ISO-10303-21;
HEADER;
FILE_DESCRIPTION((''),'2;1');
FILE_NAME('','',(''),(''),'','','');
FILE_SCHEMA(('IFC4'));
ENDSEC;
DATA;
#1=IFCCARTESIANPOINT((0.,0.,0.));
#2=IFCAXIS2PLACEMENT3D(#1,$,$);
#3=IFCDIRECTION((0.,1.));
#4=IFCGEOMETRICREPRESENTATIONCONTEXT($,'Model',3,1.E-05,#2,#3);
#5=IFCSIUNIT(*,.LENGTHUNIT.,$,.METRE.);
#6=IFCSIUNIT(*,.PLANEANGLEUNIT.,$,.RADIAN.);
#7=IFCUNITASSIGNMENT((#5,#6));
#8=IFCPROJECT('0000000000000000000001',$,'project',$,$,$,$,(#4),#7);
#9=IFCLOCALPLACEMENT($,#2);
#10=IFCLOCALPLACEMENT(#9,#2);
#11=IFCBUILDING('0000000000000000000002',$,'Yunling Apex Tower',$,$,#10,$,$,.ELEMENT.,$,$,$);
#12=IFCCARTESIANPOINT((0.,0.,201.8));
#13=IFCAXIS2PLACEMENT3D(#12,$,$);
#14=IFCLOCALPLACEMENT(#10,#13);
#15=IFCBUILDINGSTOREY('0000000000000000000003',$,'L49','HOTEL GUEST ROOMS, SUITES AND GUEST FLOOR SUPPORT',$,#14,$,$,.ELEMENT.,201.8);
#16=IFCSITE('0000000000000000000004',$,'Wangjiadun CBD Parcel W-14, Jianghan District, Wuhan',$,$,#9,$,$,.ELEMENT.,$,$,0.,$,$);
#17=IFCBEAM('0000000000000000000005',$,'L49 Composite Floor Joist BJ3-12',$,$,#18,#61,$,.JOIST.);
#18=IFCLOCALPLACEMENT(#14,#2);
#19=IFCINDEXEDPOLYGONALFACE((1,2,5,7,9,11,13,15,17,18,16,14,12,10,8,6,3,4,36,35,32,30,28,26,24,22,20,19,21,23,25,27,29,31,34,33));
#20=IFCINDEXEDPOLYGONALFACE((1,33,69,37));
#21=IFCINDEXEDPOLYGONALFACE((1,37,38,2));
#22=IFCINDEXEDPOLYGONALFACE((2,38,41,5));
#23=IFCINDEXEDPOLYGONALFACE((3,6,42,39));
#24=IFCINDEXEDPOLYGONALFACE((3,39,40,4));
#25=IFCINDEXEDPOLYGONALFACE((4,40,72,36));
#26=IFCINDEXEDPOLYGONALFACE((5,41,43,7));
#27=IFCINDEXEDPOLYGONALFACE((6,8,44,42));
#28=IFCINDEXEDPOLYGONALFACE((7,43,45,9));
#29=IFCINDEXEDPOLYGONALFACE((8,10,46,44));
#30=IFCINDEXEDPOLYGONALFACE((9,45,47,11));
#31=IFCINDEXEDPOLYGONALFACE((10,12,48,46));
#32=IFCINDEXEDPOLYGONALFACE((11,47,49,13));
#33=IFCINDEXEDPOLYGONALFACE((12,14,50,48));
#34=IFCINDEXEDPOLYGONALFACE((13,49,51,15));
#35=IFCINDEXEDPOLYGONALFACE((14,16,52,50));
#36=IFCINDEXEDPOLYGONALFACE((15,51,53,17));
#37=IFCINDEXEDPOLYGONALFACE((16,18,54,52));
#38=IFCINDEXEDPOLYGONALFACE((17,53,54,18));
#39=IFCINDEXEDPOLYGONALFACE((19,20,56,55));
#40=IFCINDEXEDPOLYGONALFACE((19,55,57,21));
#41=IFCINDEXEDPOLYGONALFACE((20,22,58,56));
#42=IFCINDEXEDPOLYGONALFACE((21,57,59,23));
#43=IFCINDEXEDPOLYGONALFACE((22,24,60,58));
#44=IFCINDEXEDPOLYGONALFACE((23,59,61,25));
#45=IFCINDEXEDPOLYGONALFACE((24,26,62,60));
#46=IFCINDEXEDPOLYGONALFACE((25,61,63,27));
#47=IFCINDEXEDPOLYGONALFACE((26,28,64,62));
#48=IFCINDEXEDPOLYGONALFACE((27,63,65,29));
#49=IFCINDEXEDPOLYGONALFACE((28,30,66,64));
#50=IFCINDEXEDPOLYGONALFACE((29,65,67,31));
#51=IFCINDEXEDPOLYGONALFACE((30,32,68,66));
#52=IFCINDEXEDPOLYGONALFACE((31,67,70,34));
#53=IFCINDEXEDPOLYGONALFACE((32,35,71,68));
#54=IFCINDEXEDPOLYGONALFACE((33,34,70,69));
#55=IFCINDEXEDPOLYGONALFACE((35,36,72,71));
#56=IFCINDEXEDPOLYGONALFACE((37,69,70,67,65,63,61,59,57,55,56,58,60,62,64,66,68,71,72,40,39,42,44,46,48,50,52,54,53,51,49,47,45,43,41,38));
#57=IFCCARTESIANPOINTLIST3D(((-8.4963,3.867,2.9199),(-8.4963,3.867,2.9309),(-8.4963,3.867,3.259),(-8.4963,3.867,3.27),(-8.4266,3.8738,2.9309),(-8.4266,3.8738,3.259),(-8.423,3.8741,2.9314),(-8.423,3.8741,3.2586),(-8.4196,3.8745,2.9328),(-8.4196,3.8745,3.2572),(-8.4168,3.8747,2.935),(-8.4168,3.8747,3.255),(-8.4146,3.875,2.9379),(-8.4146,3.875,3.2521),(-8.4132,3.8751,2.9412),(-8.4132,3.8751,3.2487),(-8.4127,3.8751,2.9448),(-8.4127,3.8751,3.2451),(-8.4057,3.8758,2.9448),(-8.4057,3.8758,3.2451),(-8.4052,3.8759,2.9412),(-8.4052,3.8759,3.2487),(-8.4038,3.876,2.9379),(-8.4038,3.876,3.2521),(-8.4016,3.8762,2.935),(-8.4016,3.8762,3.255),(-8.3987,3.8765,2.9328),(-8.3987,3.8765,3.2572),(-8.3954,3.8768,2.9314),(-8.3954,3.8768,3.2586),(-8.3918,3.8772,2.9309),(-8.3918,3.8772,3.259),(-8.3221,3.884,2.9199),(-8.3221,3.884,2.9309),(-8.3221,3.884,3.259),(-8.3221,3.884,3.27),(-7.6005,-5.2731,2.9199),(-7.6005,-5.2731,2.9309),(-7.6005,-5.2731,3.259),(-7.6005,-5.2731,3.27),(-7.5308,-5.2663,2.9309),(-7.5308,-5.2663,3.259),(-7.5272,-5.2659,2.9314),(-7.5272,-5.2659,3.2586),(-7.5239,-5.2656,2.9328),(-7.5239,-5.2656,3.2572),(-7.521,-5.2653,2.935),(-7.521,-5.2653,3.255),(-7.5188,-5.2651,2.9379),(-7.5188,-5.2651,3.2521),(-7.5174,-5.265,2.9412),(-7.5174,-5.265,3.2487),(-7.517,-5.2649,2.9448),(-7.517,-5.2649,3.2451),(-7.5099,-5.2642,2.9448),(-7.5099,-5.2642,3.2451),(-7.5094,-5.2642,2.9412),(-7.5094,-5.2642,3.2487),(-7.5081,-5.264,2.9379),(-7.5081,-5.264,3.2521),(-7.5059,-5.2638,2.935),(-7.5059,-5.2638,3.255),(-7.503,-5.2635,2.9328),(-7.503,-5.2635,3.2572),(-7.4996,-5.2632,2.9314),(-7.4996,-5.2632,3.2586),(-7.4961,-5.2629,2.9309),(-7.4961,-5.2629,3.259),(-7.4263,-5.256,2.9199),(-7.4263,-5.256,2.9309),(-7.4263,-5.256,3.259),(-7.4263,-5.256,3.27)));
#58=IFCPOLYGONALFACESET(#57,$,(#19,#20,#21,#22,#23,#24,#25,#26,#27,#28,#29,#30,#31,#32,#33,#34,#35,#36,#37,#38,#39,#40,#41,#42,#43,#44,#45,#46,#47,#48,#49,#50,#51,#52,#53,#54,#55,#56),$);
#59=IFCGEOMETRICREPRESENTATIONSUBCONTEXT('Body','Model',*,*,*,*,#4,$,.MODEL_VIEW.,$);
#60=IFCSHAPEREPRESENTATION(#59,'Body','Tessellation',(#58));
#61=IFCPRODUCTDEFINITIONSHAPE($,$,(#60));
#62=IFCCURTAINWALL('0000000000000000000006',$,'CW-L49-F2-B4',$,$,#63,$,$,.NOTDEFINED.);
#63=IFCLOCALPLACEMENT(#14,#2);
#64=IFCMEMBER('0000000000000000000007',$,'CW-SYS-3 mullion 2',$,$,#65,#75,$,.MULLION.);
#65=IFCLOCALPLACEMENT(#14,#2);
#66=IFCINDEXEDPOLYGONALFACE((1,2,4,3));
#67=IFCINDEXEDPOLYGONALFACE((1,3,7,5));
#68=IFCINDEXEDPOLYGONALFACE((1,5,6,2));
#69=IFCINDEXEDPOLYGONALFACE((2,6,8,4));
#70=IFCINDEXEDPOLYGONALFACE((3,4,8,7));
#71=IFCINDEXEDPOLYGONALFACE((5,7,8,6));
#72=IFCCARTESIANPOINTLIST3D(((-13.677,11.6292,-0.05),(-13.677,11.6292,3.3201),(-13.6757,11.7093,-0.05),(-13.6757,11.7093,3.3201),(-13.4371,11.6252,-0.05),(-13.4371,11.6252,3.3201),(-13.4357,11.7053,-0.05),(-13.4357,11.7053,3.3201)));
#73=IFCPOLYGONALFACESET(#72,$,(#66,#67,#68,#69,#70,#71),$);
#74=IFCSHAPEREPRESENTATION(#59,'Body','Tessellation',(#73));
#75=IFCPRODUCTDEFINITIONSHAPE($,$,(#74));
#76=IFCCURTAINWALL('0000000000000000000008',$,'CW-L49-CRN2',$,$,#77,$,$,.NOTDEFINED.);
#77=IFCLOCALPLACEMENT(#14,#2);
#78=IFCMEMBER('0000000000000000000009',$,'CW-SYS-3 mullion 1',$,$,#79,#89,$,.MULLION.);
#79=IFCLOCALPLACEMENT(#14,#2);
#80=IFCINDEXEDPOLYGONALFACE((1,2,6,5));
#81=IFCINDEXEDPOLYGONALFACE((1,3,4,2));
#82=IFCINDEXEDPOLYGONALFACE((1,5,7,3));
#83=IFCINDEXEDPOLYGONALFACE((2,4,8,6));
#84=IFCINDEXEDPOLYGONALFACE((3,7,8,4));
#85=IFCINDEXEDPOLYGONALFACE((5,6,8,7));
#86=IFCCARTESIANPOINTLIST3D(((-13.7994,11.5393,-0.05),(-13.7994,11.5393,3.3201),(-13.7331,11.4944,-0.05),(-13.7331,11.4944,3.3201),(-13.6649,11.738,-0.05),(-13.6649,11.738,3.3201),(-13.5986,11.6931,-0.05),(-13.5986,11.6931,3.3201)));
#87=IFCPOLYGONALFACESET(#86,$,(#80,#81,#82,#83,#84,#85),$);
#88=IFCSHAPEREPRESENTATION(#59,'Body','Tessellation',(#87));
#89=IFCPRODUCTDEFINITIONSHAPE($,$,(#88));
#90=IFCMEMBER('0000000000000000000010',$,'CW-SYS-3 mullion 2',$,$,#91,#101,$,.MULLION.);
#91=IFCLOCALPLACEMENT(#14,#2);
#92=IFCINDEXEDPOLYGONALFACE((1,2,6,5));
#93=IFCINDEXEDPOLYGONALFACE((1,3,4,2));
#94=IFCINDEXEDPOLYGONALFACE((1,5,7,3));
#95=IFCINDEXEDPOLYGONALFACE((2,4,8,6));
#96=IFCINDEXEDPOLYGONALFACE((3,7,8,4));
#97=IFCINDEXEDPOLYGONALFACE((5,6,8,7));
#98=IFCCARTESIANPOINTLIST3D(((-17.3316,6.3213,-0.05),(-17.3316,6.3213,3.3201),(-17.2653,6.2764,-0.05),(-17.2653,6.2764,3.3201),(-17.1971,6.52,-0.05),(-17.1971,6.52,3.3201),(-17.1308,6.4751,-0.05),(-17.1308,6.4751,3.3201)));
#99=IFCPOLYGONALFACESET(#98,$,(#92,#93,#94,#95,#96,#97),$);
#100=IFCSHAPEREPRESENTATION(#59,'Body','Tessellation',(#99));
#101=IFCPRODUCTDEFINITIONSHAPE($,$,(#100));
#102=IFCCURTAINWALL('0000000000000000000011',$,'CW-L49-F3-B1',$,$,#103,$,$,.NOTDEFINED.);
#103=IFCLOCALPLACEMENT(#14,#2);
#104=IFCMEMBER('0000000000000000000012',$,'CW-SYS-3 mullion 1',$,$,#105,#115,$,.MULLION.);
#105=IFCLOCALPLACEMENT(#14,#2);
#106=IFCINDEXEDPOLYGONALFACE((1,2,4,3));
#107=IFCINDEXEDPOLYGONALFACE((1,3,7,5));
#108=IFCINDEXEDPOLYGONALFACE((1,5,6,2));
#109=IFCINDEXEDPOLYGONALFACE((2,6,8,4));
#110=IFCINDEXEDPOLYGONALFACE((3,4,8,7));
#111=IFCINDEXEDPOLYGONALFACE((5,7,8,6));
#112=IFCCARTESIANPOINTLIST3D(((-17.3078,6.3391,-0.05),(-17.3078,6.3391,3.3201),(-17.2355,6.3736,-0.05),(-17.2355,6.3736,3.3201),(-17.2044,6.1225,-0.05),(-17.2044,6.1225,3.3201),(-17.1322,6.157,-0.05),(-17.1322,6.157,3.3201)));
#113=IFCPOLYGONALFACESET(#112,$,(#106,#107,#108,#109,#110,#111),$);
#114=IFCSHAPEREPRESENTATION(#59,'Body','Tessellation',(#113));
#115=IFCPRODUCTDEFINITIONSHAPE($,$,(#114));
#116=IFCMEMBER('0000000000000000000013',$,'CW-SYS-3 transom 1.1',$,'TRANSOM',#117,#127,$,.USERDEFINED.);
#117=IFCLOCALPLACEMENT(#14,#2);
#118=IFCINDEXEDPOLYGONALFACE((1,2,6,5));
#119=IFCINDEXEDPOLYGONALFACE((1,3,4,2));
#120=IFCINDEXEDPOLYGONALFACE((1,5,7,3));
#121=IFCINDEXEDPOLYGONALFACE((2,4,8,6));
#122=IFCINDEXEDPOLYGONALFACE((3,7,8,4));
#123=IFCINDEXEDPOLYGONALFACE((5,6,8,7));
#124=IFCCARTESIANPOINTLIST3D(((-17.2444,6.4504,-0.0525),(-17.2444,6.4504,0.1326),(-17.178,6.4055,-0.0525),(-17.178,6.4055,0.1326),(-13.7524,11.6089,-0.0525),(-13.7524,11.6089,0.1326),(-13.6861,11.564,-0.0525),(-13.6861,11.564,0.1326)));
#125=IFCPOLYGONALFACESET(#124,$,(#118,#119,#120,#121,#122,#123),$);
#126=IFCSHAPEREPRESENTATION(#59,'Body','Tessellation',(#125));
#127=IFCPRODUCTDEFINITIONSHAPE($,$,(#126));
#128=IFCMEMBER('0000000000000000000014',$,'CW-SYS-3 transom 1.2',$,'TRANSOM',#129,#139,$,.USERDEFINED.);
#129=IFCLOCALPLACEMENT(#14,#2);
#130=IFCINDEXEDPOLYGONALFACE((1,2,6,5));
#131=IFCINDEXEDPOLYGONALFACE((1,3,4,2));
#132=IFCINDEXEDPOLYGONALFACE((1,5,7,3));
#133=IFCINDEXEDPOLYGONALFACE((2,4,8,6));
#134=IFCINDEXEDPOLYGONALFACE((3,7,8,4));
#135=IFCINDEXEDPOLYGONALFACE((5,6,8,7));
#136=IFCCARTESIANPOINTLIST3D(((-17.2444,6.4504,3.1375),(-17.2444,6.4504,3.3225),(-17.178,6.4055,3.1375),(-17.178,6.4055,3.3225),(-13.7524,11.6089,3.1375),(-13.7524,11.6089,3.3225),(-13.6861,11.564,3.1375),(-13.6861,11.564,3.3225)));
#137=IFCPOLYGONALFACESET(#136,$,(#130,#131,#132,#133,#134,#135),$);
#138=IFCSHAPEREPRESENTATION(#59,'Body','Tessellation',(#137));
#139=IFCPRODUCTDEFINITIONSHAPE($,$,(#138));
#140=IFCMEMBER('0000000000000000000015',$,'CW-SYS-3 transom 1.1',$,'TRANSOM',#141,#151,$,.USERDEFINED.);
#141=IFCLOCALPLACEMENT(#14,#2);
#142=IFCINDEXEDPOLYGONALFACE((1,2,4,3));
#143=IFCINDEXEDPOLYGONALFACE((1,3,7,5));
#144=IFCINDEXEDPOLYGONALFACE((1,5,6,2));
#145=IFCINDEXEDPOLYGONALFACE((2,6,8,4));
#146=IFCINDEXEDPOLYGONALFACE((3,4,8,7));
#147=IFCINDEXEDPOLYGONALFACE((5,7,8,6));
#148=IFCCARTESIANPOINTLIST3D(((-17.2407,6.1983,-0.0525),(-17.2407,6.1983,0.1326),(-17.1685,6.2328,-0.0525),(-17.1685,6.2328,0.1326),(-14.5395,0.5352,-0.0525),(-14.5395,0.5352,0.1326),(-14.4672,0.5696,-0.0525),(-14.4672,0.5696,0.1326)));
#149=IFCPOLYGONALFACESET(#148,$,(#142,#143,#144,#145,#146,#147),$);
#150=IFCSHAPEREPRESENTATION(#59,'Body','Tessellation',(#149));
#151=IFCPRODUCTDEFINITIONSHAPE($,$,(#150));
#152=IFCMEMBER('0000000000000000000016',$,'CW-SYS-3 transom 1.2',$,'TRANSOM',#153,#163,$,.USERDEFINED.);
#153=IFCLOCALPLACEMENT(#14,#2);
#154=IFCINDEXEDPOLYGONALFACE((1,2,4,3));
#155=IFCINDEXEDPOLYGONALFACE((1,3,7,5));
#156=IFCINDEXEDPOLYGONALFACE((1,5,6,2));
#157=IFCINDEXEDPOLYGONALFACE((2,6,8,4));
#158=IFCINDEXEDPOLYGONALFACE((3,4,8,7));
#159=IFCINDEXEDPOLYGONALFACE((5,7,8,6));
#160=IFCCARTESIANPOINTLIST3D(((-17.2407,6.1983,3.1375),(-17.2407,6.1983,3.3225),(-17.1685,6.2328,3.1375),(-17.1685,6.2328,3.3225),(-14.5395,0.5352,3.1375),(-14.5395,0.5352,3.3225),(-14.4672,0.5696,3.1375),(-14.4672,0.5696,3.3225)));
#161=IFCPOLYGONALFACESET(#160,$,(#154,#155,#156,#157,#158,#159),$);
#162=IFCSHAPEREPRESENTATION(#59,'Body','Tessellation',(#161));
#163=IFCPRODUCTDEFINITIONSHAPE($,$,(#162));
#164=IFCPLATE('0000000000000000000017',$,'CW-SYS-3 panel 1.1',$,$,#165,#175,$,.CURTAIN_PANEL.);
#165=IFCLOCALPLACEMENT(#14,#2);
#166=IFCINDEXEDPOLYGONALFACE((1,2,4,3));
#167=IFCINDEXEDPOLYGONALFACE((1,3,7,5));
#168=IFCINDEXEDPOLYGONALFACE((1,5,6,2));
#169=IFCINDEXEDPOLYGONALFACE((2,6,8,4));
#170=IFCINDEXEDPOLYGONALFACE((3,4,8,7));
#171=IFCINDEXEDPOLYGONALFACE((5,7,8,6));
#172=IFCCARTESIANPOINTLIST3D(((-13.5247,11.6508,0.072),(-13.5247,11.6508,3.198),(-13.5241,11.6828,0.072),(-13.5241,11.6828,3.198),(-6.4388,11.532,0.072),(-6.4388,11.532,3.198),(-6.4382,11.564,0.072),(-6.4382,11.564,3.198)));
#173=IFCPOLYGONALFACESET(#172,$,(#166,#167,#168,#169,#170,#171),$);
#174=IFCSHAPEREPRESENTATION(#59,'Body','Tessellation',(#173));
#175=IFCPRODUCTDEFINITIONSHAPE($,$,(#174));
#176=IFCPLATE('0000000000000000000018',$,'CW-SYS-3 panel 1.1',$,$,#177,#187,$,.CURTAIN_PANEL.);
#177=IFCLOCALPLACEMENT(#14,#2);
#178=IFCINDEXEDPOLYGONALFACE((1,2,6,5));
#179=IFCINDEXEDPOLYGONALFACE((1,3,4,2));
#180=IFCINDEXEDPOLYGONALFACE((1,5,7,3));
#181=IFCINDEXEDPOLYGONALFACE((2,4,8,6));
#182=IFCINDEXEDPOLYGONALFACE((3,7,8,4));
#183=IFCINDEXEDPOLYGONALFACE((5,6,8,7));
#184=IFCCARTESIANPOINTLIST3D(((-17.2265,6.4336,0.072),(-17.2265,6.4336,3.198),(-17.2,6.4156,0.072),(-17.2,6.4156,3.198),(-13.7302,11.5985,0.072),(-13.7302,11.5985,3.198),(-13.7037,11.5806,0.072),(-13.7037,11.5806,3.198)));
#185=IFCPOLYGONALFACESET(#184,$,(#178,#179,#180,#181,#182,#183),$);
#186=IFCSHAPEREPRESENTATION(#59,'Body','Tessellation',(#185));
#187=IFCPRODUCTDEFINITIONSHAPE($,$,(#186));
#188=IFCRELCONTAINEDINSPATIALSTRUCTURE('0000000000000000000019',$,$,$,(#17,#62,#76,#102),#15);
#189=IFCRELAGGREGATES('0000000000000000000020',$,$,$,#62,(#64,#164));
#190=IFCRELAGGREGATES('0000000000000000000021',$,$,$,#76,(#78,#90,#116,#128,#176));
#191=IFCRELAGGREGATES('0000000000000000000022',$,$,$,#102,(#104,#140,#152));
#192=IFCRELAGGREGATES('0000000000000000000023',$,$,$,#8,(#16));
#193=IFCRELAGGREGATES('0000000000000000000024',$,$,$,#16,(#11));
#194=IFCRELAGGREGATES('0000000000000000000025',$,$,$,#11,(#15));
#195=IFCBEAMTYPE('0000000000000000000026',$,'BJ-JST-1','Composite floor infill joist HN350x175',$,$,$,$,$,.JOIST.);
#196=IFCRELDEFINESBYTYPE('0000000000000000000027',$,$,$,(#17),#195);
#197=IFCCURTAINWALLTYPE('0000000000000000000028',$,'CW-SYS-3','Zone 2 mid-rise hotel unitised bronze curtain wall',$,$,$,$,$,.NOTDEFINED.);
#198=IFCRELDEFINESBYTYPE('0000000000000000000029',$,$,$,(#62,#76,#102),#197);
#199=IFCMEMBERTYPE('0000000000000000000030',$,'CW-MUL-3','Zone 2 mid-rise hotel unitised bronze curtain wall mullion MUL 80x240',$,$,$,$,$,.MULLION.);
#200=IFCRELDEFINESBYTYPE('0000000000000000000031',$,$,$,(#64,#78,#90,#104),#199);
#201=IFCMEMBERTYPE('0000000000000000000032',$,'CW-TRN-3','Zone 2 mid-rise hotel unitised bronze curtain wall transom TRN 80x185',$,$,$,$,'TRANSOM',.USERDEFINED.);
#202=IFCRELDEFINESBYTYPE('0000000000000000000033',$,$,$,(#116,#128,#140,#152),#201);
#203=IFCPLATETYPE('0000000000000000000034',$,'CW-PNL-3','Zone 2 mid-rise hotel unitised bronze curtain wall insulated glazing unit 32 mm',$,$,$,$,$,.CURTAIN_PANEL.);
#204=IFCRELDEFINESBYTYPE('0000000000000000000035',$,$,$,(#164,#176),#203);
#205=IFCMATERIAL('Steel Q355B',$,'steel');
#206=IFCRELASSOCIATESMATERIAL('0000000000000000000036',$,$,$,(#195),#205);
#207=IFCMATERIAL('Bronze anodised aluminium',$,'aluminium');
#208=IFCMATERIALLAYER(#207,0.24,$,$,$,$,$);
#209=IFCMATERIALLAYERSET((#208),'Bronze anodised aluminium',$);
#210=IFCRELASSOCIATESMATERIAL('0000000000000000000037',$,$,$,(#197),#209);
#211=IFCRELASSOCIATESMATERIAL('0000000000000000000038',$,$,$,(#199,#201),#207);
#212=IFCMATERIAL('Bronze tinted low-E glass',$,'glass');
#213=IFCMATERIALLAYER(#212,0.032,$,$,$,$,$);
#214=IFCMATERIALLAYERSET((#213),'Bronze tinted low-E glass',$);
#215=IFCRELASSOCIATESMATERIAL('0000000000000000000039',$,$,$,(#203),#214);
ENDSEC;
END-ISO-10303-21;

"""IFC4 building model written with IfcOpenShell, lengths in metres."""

from ifc_helpers import new_model, si_unit, direction, frame, origin, origin_2d, place, context, subcontext, project, spatial, rectangle, i_section, extrude, source, transform, mapped, material, layer, layer_set, material_profile, profile_set, type_object, element, aggregate, save


model = new_model("IFC4")

# Units and contexts
model_context = context("Model", 3, precision=1e-05, world=origin(), true_north=direction((0.0, 1.0)))
body_context = subcontext(model_context, "Body", "Model", "MODEL_VIEW")
ifc_project = project(units=[si_unit("LENGTHUNIT", "METRE"), si_unit("PLANEANGLEUNIT", "RADIAN")], contexts=[model_context])

# Site, building, storey
site_placement = place(None, origin())
site = spatial("IfcSite", under=ifc_project, at=site_placement, Name="Wangjiadun CBD Parcel W-14, Jianghan District, Wuhan", CompositionType="ELEMENT", RefElevation=0.0)
building_placement = place(site_placement, origin())
building = spatial("IfcBuilding", under=site, at=building_placement, Name="Yunling Apex Tower", CompositionType="ELEMENT")
storey_placement = place(building_placement, frame((0.0, 0.0, 201.8)))
storey = spatial("IfcBuildingStorey", under=building, at=storey_placement, Name="L49", Description="HOTEL GUEST ROOMS, SUITES AND GUEST FLOOR SUPPORT", CompositionType="ELEMENT", Elevation=201.8)

# Beam
ifc_material_1 = material(Name="Steel Q355B", Category="steel")
ifc_material_profile_1 = material_profile(ifc_material_1, i_section(OverallWidth=0.175, OverallDepth=0.3501, WebThickness=0.0071, FlangeThickness=0.011, FilletRadius=0.0139, at=origin_2d()))
ifc_profile_set_1 = profile_set([ifc_material_profile_1], Name="Steel Q355B")
beam_type_1 = type_object("IfcBeamType", Name="BJ-JST-1", Description="Composite floor infill joist HN350x175", PredefinedType="JOIST", material=ifc_profile_set_1)
shared_shape_1 = source(origin(), body_context, "Body", "SweptSolid", [
    extrude(i_section(OverallWidth=0.175, OverallDepth=0.3501, WebThickness=0.0071, FlangeThickness=0.011, FilletRadius=0.0139, at=origin_2d()), origin(), (0.0, 0.0, 1.0), 9.1838),
])
beam_1_placement = place(storey_placement, frame((-8.4092, 3.8755, 3.095), z_axis=(0.097535, -0.995232, 0.0), x_axis=(0.995232, 0.097535, 0.0)))
element("IfcBeam", 1, at=beam_1_placement, inside=storey, type_object=beam_type_1, Name="L49 Composite Floor Joist BJ3-12", PredefinedType="JOIST", context=body_context, shape_type="MappedRepresentation", body=[
    mapped(shared_shape_1, transform((0.0, 0.0, 0.0), scale=1.0)),
])

# Curtain wall, member
ifc_material_2 = material(Name="Bronze anodised aluminium", Category="aluminium")
ifc_layer_1 = layer(ifc_material_2, 0.24)
ifc_layer_set_1 = layer_set([ifc_layer_1], Name="Bronze anodised aluminium")
curtain_wall_type = type_object("IfcCurtainWallType", Name="CW-SYS-3", Description="Zone 2 mid-rise hotel unitised bronze curtain wall", PredefinedType="NOTDEFINED", material=ifc_layer_set_1)
curtain_wall_1_placement = place(storey_placement, origin())
curtain_wall_1 = element("IfcCurtainWall", 2, at=curtain_wall_1_placement, inside=storey, type_object=curtain_wall_type, Name="CW-L49-F2-B4", PredefinedType="NOTDEFINED")
ifc_material_profile_2 = material_profile(ifc_material_2, rectangle(XDim=0.0801, YDim=0.24, at=origin_2d()))
ifc_profile_set_2 = profile_set([ifc_material_profile_2], Name="Bronze anodised aluminium")
member_type_1 = type_object("IfcMemberType", Name="CW-MUL-3", Description="Zone 2 mid-rise hotel unitised bronze curtain wall mullion MUL 80x240", PredefinedType="MULLION", material=ifc_profile_set_2)
shared_shape_2 = source(origin(), body_context, "Body", "SweptSolid", [
    extrude(rectangle(XDim=0.0801, YDim=0.24, at=origin_2d()), origin(), (0.0, 0.0, 1.0), 3.3701),
])
member_1_placement = place(storey_placement, frame((-13.5564, 11.6672, -0.05), z_axis=(0.0, 0.0, 1.0), x_axis=(-0.016761, -0.99986, 0.0)))
member_1 = element("IfcMember", 3, at=member_1_placement, type_object=member_type_1, Name="CW-SYS-3 mullion 2", PredefinedType="MULLION", context=body_context, shape_type="MappedRepresentation", body=[
    mapped(shared_shape_2, transform((0.0, 0.0, 0.0), scale=1.0)),
])

# Curtain wall, members
curtain_wall_2_placement = place(storey_placement, origin())
curtain_wall_2 = element("IfcCurtainWall", 4, at=curtain_wall_2_placement, inside=storey, type_object=curtain_wall_type, Name="CW-L49-CRN2", PredefinedType="NOTDEFINED")
member_2_placement = place(storey_placement, frame((-13.699, 11.6162, -0.05), z_axis=(0.0, 0.0, 1.0), x_axis=(0.828107, -0.56057, 0.0)))
member_2 = element("IfcMember", 5, at=member_2_placement, type_object=member_type_1, Name="CW-SYS-3 mullion 1", PredefinedType="MULLION", context=body_context, shape_type="MappedRepresentation", body=[
    mapped(shared_shape_2, transform((0.0, 0.0, 0.0), scale=1.0)),
])
member_3_placement = place(storey_placement, frame((-17.2312, 6.3982, -0.05), z_axis=(0.0, 0.0, 1.0), x_axis=(0.828107, -0.56057, 0.0)))
member_3 = element("IfcMember", 6, at=member_3_placement, type_object=member_type_1, Name="CW-SYS-3 mullion 2", PredefinedType="MULLION", context=body_context, shape_type="MappedRepresentation", body=[
    mapped(shared_shape_2, transform((0.0, 0.0, 0.0), scale=1.0)),
])

# Curtain wall, member
curtain_wall_3_placement = place(storey_placement, origin())
curtain_wall_3 = element("IfcCurtainWall", 7, at=curtain_wall_3_placement, inside=storey, type_object=curtain_wall_type, Name="CW-L49-F3-B1", PredefinedType="NOTDEFINED")
member_4_placement = place(storey_placement, frame((-17.22, 6.248, -0.05), z_axis=(0.0, 0.0, 1.0), x_axis=(0.902582, 0.430518, 0.0)))
member_4 = element("IfcMember", 8, at=member_4_placement, type_object=member_type_1, Name="CW-SYS-3 mullion 1", PredefinedType="MULLION", context=body_context, shape_type="MappedRepresentation", body=[
    mapped(shared_shape_2, transform((0.0, 0.0, 0.0), scale=1.0)),
])

# Members
ifc_material_profile_3 = material_profile(ifc_material_2, rectangle(XDim=0.0801, YDim=0.1851, at=origin_2d()))
ifc_profile_set_3 = profile_set([ifc_material_profile_3], Name="Bronze anodised aluminium")
member_type_2 = type_object("IfcMemberType", Name="CW-TRN-3", Description="Zone 2 mid-rise hotel unitised bronze curtain wall transom TRN 80x185", ElementType="TRANSOM", PredefinedType="USERDEFINED", material=ifc_profile_set_3)
shared_shape_3 = source(origin(), body_context, "Body", "SweptSolid", [
    extrude(rectangle(XDim=0.0801, YDim=0.1851, at=origin_2d()), origin(), (0.0, 0.0, 1.0), 6.2292),
])
member_5_placement = place(storey_placement, frame((-13.7192, 11.5864, 0.04), z_axis=(-0.560574, -0.828104, 0.0), x_axis=(0.828104, -0.560574, 0.0)))
member_5 = element("IfcMember", 9, at=member_5_placement, type_object=member_type_2, Name="CW-SYS-3 transom 1.1", ObjectType="TRANSOM", PredefinedType="USERDEFINED", context=body_context, shape_type="MappedRepresentation", body=[
    mapped(shared_shape_3, transform((0.0, 0.0, 0.0), scale=1.0)),
])
member_6_placement = place(storey_placement, frame((-13.7192, 11.5864, 3.23), z_axis=(-0.560574, -0.828104, 0.0), x_axis=(0.828104, -0.560574, 0.0)))
member_6 = element("IfcMember", 10, at=member_6_placement, type_object=member_type_2, Name="CW-SYS-3 transom 1.2", ObjectType="TRANSOM", PredefinedType="USERDEFINED", context=body_context, shape_type="MappedRepresentation", body=[
    mapped(shared_shape_3, transform((0.0, 0.0, 0.0), scale=1.0)),
])
shared_shape_4 = source(origin(), body_context, "Body", "SweptSolid", [
    extrude(rectangle(XDim=0.0801, YDim=0.1851, at=origin_2d()), origin(), (0.0, 0.0, 1.0), 6.2744),
])
member_7_placement = place(storey_placement, frame((-17.2046, 6.2156, 0.04), z_axis=(0.430513, -0.902584, 0.0), x_axis=(0.902584, 0.430513, 0.0)))
member_7 = element("IfcMember", 11, at=member_7_placement, type_object=member_type_2, Name="CW-SYS-3 transom 1.1", ObjectType="TRANSOM", PredefinedType="USERDEFINED", context=body_context, shape_type="MappedRepresentation", body=[
    mapped(shared_shape_4, transform((0.0, 0.0, 0.0), scale=1.0)),
])
member_8_placement = place(storey_placement, frame((-17.2046, 6.2156, 3.23), z_axis=(0.430513, -0.902584, 0.0), x_axis=(0.902584, 0.430513, 0.0)))
member_8 = element("IfcMember", 12, at=member_8_placement, type_object=member_type_2, Name="CW-SYS-3 transom 1.2", ObjectType="TRANSOM", PredefinedType="USERDEFINED", context=body_context, shape_type="MappedRepresentation", body=[
    mapped(shared_shape_4, transform((0.0, 0.0, 0.0), scale=1.0)),
])

# Plates
ifc_material_3 = material(Name="Bronze tinted low-E glass", Category="glass")
ifc_layer_2 = layer(ifc_material_3, 0.032)
ifc_layer_set_2 = layer_set([ifc_layer_2], Name="Bronze tinted low-E glass")
plate_type = type_object("IfcPlateType", Name="CW-PNL-3", Description="Zone 2 mid-rise hotel unitised bronze curtain wall insulated glazing unit 32 mm", PredefinedType="CURTAIN_PANEL", material=ifc_layer_set_2)
shared_shape_5 = source(origin(), body_context, "Body", "SweptSolid", [
    extrude(rectangle(XDim=7.0869, YDim=0.032, at=origin_2d()), origin(), (0.0, 0.0, 1.0), 3.126),
])
plate_1_placement = place(storey_placement, frame((-9.9814, 11.6074, 0.072), z_axis=(0.0, 0.0, 1.0), x_axis=(-0.99986, 0.016761, 0.0)))
plate_1 = element("IfcPlate", 13, at=plate_1_placement, type_object=plate_type, Name="CW-SYS-3 panel 1.1", PredefinedType="CURTAIN_PANEL", context=body_context, shape_type="MappedRepresentation", body=[
    mapped(shared_shape_5, transform((0.0, 0.0, 0.0), scale=1.0)),
])
aggregate(curtain_wall_1, [member_1, plate_1])
shared_shape_6 = source(origin(), body_context, "Body", "SweptSolid", [
    extrude(rectangle(XDim=6.2371, YDim=0.032, at=origin_2d()), origin(), (0.0, 0.0, 1.0), 3.126),
])
plate_2_placement = place(storey_placement, frame((-15.4651, 9.0071, 0.072), z_axis=(0.0, 0.0, 1.0), x_axis=(-0.56057, -0.828107, 0.0)))
plate_2 = element("IfcPlate", 14, at=plate_2_placement, type_object=plate_type, Name="CW-SYS-3 panel 1.1", PredefinedType="CURTAIN_PANEL", context=body_context, shape_type="MappedRepresentation", body=[
    mapped(shared_shape_6, transform((0.0, 0.0, 0.0), scale=1.0)),
])
aggregate(curtain_wall_2, [member_2, member_3, member_5, member_6, plate_2])
aggregate(curtain_wall_3, [member_4, member_7, member_8])

save(model, "model.ifc")
